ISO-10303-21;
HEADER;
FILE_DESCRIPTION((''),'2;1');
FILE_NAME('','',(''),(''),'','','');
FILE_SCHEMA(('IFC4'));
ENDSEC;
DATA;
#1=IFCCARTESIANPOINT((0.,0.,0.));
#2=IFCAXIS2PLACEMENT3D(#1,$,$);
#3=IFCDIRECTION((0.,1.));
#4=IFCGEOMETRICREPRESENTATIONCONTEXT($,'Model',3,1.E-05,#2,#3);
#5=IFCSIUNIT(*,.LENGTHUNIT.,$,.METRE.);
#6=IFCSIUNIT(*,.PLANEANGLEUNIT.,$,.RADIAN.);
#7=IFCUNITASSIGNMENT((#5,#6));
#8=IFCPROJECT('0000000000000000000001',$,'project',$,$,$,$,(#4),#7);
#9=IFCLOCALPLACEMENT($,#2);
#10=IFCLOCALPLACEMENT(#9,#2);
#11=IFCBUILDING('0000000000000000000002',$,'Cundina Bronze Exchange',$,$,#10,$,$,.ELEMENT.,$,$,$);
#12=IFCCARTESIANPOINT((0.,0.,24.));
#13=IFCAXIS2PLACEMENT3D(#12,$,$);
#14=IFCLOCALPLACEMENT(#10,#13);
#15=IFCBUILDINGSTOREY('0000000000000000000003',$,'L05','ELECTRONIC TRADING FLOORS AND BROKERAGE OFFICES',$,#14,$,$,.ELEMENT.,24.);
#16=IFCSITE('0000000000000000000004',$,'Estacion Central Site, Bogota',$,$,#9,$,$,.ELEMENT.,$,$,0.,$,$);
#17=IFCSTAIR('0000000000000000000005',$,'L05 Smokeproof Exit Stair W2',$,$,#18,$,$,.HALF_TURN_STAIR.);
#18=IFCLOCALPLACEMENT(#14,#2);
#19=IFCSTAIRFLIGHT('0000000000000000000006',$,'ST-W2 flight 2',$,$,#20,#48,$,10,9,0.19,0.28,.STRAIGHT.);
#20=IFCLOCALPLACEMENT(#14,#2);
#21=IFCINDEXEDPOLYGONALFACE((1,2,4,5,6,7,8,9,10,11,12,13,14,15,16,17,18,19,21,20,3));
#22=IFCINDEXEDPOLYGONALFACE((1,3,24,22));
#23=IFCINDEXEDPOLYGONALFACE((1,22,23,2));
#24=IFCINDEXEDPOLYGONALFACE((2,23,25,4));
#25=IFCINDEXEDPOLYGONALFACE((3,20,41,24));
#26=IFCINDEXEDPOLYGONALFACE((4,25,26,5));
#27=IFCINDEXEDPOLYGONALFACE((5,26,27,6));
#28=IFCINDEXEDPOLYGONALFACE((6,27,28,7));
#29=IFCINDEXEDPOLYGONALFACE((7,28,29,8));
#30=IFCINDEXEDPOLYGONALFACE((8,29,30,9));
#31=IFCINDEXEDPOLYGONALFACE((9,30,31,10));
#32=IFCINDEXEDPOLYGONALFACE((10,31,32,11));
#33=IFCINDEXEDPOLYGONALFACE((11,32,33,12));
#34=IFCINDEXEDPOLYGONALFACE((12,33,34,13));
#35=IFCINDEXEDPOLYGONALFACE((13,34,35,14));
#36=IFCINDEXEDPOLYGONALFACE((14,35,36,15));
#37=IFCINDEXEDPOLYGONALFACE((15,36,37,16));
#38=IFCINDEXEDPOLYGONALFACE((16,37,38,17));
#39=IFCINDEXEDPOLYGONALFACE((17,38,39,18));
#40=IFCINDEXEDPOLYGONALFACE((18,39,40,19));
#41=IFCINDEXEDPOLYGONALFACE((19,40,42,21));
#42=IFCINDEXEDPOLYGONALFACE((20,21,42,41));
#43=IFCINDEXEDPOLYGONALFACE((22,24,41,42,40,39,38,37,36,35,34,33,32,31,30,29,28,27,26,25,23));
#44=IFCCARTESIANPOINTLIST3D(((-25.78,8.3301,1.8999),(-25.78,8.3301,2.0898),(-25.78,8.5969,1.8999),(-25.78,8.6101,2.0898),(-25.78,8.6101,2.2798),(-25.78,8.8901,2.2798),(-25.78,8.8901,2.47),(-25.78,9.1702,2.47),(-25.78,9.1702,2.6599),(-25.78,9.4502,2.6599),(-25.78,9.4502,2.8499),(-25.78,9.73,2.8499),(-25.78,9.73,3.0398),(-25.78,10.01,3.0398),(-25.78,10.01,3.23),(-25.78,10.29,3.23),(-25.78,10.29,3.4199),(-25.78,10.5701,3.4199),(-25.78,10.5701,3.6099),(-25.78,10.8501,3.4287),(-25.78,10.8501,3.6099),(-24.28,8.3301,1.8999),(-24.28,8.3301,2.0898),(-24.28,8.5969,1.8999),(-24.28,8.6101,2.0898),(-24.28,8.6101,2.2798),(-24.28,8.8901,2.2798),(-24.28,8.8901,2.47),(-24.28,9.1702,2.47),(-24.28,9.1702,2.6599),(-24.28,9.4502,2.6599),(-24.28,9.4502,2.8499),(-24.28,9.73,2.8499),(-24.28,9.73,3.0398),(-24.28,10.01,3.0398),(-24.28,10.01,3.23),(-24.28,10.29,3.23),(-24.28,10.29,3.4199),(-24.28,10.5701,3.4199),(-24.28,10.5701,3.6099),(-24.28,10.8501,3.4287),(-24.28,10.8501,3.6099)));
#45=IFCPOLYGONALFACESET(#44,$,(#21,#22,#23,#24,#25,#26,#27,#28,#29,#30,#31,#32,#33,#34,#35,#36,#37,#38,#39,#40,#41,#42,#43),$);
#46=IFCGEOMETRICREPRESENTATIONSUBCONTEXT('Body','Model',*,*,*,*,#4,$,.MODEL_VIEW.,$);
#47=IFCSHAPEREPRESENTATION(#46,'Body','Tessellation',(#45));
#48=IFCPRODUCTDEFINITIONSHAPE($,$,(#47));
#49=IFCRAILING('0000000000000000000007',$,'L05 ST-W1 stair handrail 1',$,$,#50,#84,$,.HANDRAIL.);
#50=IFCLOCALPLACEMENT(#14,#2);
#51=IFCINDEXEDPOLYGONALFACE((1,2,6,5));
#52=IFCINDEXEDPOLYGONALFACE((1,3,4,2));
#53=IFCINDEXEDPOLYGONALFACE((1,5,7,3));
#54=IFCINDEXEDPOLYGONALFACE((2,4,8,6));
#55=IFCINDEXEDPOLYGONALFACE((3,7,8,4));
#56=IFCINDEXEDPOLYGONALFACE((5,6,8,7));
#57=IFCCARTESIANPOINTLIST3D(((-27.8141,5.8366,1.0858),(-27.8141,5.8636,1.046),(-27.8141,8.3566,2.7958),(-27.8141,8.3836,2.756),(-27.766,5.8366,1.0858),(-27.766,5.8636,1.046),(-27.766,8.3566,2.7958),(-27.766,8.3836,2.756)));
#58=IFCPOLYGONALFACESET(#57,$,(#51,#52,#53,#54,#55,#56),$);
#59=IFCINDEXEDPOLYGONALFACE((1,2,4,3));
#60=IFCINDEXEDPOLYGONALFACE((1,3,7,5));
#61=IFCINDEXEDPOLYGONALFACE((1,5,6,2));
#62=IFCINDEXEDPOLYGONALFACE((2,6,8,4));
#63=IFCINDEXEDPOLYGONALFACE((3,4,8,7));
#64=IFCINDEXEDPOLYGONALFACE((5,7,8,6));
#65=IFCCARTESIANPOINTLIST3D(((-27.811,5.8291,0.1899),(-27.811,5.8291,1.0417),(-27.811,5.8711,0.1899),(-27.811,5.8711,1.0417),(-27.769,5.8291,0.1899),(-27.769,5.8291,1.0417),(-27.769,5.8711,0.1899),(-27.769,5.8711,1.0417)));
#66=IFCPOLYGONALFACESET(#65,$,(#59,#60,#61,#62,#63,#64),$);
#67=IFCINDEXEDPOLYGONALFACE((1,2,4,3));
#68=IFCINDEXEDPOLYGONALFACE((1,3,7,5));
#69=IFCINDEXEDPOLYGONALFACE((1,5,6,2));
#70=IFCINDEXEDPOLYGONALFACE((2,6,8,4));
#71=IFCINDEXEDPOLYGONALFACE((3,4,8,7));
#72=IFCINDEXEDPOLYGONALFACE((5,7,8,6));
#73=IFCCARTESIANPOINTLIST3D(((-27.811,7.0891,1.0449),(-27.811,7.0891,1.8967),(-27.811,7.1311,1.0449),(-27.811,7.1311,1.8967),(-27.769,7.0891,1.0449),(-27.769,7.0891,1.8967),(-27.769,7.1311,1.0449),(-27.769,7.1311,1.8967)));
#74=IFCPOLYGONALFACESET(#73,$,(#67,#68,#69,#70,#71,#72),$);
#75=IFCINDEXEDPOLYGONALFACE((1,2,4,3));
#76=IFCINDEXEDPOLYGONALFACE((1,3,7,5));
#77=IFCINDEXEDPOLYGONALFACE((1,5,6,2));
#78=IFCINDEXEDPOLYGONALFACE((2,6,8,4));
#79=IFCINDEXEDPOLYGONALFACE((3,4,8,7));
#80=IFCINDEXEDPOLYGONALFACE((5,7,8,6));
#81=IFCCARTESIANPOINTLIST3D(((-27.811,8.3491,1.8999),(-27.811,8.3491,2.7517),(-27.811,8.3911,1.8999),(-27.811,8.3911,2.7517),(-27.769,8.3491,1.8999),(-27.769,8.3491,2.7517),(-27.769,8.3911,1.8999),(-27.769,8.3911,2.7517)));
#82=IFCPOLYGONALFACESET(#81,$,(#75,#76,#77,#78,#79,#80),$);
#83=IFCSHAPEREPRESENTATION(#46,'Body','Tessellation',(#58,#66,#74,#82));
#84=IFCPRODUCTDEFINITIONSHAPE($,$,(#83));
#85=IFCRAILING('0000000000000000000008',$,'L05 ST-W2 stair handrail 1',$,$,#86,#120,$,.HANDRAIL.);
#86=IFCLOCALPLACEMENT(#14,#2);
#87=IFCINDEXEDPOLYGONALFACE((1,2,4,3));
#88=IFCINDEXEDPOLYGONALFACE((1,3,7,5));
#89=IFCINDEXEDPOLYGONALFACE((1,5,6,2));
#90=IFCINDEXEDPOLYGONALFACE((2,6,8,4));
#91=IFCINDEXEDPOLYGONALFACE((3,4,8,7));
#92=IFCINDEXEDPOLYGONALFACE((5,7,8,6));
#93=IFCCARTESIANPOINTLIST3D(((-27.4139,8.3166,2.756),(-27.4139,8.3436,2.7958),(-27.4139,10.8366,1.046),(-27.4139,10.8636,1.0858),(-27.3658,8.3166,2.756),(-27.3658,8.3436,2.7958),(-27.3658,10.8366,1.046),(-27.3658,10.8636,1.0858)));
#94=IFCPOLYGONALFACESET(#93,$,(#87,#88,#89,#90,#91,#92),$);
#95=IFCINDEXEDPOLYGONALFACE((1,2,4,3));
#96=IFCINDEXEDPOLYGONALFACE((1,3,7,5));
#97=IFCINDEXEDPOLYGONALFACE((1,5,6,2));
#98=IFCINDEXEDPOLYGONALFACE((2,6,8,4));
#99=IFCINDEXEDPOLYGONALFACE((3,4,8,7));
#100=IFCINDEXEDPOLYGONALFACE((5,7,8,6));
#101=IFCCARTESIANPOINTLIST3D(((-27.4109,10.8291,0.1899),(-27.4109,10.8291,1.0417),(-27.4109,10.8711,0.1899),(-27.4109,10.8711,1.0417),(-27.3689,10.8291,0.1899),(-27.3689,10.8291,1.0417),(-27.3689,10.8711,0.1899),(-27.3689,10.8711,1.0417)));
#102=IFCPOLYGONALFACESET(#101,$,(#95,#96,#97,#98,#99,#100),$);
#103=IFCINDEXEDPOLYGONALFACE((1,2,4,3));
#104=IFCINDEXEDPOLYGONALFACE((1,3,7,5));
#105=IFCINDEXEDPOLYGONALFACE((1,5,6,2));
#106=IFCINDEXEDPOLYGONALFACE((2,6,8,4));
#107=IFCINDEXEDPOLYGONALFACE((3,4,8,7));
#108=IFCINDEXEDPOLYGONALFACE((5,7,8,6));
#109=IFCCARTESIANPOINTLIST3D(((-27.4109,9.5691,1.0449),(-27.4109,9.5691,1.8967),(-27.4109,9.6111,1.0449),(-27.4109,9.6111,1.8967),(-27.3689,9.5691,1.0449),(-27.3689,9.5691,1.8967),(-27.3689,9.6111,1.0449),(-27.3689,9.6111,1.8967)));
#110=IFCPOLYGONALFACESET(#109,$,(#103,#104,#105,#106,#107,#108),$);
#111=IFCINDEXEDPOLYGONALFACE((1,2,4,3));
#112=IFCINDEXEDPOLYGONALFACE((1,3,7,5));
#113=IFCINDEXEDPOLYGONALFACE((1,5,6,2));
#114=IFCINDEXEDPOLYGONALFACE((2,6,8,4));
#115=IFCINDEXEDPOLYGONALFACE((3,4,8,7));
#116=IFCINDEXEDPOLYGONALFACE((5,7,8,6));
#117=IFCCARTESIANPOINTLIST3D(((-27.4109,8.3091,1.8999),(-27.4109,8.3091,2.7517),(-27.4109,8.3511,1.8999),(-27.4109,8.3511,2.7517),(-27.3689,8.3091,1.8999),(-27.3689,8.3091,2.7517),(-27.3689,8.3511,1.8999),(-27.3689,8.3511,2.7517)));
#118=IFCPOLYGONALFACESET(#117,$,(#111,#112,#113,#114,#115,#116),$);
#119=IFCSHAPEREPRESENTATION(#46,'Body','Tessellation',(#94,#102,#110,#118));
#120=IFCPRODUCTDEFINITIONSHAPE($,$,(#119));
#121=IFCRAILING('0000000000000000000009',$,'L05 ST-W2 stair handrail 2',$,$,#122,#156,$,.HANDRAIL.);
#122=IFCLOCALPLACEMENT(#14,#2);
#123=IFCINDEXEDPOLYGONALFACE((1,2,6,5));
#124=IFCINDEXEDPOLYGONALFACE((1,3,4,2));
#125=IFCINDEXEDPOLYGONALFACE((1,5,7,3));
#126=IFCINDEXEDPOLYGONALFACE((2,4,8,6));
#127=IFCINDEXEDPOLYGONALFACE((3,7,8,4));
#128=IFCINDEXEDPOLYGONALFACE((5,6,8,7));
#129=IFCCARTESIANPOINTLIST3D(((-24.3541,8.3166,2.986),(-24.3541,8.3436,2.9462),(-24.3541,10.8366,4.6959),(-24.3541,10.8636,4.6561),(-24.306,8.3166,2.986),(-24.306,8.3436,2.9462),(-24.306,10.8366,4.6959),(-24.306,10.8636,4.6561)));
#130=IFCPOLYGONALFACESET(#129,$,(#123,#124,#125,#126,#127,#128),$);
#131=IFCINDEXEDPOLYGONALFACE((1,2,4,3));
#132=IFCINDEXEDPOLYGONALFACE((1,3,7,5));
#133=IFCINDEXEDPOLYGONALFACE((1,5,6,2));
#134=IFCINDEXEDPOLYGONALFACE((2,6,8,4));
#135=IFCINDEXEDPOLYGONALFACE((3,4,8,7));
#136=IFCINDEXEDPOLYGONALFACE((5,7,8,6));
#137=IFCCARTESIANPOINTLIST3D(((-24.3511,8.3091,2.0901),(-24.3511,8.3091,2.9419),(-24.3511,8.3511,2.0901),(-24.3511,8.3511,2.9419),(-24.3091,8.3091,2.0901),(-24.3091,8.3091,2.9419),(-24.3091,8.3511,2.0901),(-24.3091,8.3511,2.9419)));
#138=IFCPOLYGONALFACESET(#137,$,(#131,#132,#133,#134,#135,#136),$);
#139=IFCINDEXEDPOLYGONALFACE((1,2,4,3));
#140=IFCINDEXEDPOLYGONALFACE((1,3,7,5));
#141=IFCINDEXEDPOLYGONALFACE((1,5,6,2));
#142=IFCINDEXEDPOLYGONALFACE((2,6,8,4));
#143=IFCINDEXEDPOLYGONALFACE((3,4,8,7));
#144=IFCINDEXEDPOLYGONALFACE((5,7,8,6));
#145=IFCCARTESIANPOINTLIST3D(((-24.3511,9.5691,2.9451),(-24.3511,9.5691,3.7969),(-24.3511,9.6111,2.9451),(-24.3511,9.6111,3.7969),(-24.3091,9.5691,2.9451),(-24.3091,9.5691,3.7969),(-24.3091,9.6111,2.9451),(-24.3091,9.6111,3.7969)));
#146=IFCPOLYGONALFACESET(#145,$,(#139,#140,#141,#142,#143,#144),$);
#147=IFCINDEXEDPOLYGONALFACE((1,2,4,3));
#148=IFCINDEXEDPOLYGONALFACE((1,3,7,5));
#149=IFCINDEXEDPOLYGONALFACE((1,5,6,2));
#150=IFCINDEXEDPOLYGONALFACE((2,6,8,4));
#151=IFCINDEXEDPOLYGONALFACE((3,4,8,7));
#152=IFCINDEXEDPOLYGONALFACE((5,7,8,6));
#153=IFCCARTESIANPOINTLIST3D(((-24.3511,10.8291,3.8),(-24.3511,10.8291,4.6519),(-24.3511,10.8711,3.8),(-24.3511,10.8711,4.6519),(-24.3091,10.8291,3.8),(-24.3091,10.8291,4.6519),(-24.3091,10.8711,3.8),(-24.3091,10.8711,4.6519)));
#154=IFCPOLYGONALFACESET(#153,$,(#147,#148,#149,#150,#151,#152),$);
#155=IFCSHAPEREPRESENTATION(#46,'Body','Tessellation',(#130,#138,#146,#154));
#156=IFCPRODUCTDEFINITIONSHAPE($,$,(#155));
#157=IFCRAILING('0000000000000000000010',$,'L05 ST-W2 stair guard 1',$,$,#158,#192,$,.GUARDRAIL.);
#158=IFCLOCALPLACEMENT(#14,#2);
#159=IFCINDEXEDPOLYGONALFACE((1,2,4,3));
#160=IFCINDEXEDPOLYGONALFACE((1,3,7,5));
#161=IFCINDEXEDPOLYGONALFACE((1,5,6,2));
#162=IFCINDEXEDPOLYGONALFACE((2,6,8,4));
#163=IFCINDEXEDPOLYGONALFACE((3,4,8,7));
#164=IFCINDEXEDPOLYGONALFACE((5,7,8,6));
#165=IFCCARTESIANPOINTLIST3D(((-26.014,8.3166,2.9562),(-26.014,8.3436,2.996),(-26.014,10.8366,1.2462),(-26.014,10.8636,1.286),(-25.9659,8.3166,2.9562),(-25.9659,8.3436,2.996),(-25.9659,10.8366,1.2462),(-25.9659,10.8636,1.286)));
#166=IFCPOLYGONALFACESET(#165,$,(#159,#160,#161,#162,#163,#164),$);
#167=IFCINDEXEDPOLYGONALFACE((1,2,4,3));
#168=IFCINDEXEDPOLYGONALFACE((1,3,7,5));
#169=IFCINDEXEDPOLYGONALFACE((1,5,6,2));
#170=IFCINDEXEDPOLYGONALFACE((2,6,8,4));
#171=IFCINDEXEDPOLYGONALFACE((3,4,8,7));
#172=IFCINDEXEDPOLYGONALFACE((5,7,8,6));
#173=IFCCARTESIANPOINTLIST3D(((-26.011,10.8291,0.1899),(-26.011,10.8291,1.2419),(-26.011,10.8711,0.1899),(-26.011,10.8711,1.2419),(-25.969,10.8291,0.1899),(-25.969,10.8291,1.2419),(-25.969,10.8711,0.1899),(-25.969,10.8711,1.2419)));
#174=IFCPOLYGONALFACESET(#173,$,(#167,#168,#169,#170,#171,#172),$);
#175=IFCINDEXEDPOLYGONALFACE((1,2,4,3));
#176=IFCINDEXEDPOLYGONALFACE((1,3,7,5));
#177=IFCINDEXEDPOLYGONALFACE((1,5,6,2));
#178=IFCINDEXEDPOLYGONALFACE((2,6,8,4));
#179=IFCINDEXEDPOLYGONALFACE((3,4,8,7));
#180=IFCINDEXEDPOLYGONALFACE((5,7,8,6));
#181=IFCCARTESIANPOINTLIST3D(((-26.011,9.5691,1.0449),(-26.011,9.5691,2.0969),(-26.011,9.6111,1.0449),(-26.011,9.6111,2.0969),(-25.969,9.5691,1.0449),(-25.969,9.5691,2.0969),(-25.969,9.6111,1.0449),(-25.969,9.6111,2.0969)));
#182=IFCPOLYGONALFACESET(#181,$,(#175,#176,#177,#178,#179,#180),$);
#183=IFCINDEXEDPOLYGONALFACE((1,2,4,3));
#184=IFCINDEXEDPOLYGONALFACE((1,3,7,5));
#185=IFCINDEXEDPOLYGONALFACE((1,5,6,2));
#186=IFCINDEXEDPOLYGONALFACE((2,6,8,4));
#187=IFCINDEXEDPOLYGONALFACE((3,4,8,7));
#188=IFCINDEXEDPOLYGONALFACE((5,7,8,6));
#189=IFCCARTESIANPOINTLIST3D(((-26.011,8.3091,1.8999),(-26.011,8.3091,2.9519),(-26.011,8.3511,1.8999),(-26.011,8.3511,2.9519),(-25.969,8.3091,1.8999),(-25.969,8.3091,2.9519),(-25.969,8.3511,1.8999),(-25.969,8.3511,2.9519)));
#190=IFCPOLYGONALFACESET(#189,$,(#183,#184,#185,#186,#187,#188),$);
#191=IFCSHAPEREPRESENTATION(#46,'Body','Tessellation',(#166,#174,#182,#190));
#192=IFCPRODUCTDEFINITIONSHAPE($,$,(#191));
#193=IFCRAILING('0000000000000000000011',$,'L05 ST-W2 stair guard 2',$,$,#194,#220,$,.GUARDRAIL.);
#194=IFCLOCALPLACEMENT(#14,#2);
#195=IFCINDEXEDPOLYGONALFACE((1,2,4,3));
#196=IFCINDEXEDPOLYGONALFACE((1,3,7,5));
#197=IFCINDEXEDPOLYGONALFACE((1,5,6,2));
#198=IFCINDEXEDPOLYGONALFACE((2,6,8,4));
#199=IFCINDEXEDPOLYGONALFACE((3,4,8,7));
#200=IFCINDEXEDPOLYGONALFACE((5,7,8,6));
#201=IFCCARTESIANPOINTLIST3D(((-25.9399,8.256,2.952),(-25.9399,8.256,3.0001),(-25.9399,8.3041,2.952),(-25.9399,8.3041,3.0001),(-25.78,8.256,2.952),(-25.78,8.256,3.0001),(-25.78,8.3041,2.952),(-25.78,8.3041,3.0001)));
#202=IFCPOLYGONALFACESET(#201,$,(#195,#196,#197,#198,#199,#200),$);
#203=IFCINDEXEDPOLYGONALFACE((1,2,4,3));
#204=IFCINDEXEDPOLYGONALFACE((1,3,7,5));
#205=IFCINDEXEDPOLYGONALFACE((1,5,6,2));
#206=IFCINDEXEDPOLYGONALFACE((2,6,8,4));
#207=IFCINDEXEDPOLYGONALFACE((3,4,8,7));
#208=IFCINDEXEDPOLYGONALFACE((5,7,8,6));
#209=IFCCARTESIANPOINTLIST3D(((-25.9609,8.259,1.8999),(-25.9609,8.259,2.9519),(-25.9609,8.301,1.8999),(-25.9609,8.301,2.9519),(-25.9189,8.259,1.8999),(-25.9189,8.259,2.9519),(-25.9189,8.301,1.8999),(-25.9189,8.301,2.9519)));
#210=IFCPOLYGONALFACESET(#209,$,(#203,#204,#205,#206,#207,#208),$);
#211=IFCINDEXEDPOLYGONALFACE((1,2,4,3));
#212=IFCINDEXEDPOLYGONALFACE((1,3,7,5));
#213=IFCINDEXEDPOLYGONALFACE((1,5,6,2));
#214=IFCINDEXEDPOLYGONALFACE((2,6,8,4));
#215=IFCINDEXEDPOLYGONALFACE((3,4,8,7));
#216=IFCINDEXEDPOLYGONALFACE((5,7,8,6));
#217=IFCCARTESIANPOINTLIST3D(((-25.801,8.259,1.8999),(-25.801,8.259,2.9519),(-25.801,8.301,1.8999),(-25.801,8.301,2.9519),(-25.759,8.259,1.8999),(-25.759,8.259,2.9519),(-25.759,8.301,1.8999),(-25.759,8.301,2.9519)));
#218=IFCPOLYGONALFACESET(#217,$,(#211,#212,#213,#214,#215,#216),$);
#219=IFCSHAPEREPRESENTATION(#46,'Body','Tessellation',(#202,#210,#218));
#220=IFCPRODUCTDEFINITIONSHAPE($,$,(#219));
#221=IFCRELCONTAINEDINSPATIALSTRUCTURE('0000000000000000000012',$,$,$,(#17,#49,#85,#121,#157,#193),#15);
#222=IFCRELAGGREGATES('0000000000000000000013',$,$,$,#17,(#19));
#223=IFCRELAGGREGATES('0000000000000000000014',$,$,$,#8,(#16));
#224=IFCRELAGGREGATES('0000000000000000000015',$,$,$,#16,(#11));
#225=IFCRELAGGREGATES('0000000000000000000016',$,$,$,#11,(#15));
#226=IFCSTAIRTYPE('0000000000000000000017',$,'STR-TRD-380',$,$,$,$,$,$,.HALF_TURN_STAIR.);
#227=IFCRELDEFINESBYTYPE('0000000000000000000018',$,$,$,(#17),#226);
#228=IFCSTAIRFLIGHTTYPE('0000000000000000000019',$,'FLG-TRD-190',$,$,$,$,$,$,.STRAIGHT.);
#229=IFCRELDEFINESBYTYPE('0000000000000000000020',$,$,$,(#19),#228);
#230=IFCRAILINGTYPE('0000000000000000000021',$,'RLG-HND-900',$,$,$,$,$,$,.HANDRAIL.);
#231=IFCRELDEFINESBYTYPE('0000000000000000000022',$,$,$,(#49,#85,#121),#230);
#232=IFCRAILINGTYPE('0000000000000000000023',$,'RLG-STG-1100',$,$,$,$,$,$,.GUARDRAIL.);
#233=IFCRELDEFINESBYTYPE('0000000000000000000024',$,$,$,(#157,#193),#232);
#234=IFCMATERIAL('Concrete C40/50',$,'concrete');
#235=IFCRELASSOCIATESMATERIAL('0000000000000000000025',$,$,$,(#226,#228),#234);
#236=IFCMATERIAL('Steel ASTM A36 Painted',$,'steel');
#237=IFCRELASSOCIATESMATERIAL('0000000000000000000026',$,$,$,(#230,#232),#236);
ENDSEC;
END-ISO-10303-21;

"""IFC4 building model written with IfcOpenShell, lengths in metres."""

from ifc_helpers import new_model, si_unit, direction, frame, origin, origin_2d, place, context, subcontext, project, spatial, polyline, rectangle, outline, extrude, material, type_object, element, aggregate, save


model = new_model("IFC4")

# Units and contexts
model_context = context("Model", 3, precision=1e-05, world=origin(), true_north=direction((0.0, 1.0)))
body_context = subcontext(model_context, "Body", "Model", "MODEL_VIEW")
ifc_project = project(units=[si_unit("LENGTHUNIT", "METRE"), si_unit("PLANEANGLEUNIT", "RADIAN")], contexts=[model_context])

# Site, building, storey
site_placement = place(None, origin())
site = spatial("IfcSite", under=ifc_project, at=site_placement, Name="Estacion Central Site, Bogota", CompositionType="ELEMENT", RefElevation=0.0)
building_placement = place(site_placement, origin())
building = spatial("IfcBuilding", under=site, at=building_placement, Name="Cundina Bronze Exchange", CompositionType="ELEMENT")
storey_placement = place(building_placement, frame((0.0, 0.0, 24.0)))
storey = spatial("IfcBuildingStorey", under=building, at=storey_placement, Name="L05", Description="ELECTRONIC TRADING FLOORS AND BROKERAGE OFFICES", CompositionType="ELEMENT", Elevation=24.0)

# Shared definitions
ifc_material_1 = material(Name="Steel ASTM A36 Painted", Category="steel")

# Shared definitions
ifc_material_2 = material(Name="Concrete C40/50", Category="concrete")
stair_type = type_object("IfcStairType", Name="STR-TRD-380", PredefinedType="HALF_TURN_STAIR", material=ifc_material_2)
stair_flight_type = type_object("IfcStairFlightType", Name="FLG-TRD-190", PredefinedType="STRAIGHT", material=ifc_material_2)

# Stair, stair flight
stair_1_placement = place(storey_placement, origin())
stair_1 = element("IfcStair", 1, at=stair_1_placement, inside=storey, type_object=stair_type, Name="L05 Smokeproof Exit Stair W2", PredefinedType="HALF_TURN_STAIR")
stair_flight_1_placement = place(storey_placement, frame((-25.03, 8.3301, 1.8999), z_axis=(0.0, 0.0, 1.0), x_axis=(0.0, 1.0, 0.0)))
stair_flight_1 = element("IfcStairFlight", 2, at=stair_flight_1_placement, type_object=stair_flight_type, Name="ST-W2 flight 2", NumberOfRisers=10, NumberOfTreads=9, PredefinedType="STRAIGHT", RiserHeight=0.19, TreadLength=0.28, context=body_context, shape_type="SweptSolid", body=[
    extrude(outline(polyline([(0.0, 0.0), (0.0, 0.1899), (0.28, 0.1899), (0.28, 0.3799), (0.5601, 0.3799), (0.5601, 0.5701), (0.8401, 0.5701), (0.8401, 0.76), (1.1201, 0.76), (1.1201, 0.95), (1.3999, 0.95), (1.3999, 1.1399), (1.6799, 1.1399), (1.6799, 1.3301), (1.96, 1.3301), (1.96, 1.52), (2.24, 1.52), (2.24, 1.71), (2.52, 1.71), (2.52, 1.8999), (2.52, 1.5288), (0.2668, 0.0), (0.0, 0.0)])), frame((0.0, 0.75, 0.0), z_axis=(0.0, -1.0, 0.0), x_axis=(1.0, 0.0, 0.0)), (0.0, 0.0, 1.0), 1.5),
])
aggregate(stair_1, [stair_flight_1])

# Railings
railing_type_1 = type_object("IfcRailingType", Name="RLG-HND-900", PredefinedType="HANDRAIL", material=ifc_material_1)
railing_1_placement = place(storey_placement, frame((-27.79, 5.8501, 0.1899)))
element("IfcRailing", 3, at=railing_1_placement, inside=storey, type_object=railing_type_1, Name="L05 ST-W1 stair handrail 1", PredefinedType="HANDRAIL", context=body_context, shape_type="SweptSolid", body=[
    extrude(rectangle(XDim=0.0481, YDim=0.0481, at=origin_2d()), frame((0.0, 0.0, 0.876), z_axis=(0.0, 0.827484, 0.56149), x_axis=(-1.0, 0.0, 0.0)), (0.0, 0.0, 1.0), 3.0454),
    extrude(rectangle(XDim=0.042, YDim=0.042, at=origin_2d()), origin(), (0.0, 0.0, 1.0), 0.8518),
    extrude(rectangle(XDim=0.042, YDim=0.042, at=origin_2d()), frame((0.0, 1.26, 0.855)), (0.0, 0.0, 1.0), 0.8518),
    extrude(rectangle(XDim=0.042, YDim=0.042, at=origin_2d()), frame((0.0, 2.52, 1.71)), (0.0, 0.0, 1.0), 0.8518),
])
railing_2_placement = place(storey_placement, frame((-27.3899, 10.8501, 0.1899)))
element("IfcRailing", 4, at=railing_2_placement, inside=storey, type_object=railing_type_1, Name="L05 ST-W2 stair handrail 1", PredefinedType="HANDRAIL", context=body_context, shape_type="SweptSolid", body=[
    extrude(rectangle(XDim=0.0481, YDim=0.0481, at=origin_2d()), frame((0.0, 0.0, 0.876), z_axis=(0.0, -0.827484, 0.56149), x_axis=(1.0, 0.0, 0.0)), (0.0, 0.0, 1.0), 3.0454),
    extrude(rectangle(XDim=0.042, YDim=0.042, at=origin_2d()), origin(), (0.0, 0.0, 1.0), 0.8518),
    extrude(rectangle(XDim=0.042, YDim=0.042, at=origin_2d()), frame((0.0, -1.26, 0.855)), (0.0, 0.0, 1.0), 0.8518),
    extrude(rectangle(XDim=0.042, YDim=0.042, at=origin_2d()), frame((0.0, -2.52, 1.71)), (0.0, 0.0, 1.0), 0.8518),
])
railing_3_placement = place(storey_placement, frame((-24.3301, 8.3301, 2.0901)))
element("IfcRailing", 5, at=railing_3_placement, inside=storey, type_object=railing_type_1, Name="L05 ST-W2 stair handrail 2", PredefinedType="HANDRAIL", context=body_context, shape_type="SweptSolid", body=[
    extrude(rectangle(XDim=0.0481, YDim=0.0481, at=origin_2d()), frame((0.0, 0.0, 0.876), z_axis=(0.0, 0.827484, 0.56149), x_axis=(-1.0, 0.0, 0.0)), (0.0, 0.0, 1.0), 3.0454),
    extrude(rectangle(XDim=0.042, YDim=0.042, at=origin_2d()), origin(), (0.0, 0.0, 1.0), 0.8518),
    extrude(rectangle(XDim=0.042, YDim=0.042, at=origin_2d()), frame((0.0, 1.26, 0.855)), (0.0, 0.0, 1.0), 0.8518),
    extrude(rectangle(XDim=0.042, YDim=0.042, at=origin_2d()), frame((0.0, 2.52, 1.71)), (0.0, 0.0, 1.0), 0.8518),
])
railing_type_2 = type_object("IfcRailingType", Name="RLG-STG-1100", PredefinedType="GUARDRAIL", material=ifc_material_1)
railing_4_placement = place(storey_placement, frame((-25.99, 10.8501, 0.1899)))
element("IfcRailing", 6, at=railing_4_placement, inside=storey, type_object=railing_type_2, Name="L05 ST-W2 stair guard 1", PredefinedType="GUARDRAIL", context=body_context, shape_type="SweptSolid", body=[
    extrude(rectangle(XDim=0.0481, YDim=0.0481, at=origin_2d()), frame((0.0, 0.0, 1.0762), z_axis=(0.0, -0.827484, 0.56149), x_axis=(1.0, 0.0, 0.0)), (0.0, 0.0, 1.0), 3.0454),
    extrude(rectangle(XDim=0.042, YDim=0.042, at=origin_2d()), origin(), (0.0, 0.0, 1.0), 1.052),
    extrude(rectangle(XDim=0.042, YDim=0.042, at=origin_2d()), frame((0.0, -1.26, 0.855)), (0.0, 0.0, 1.0), 1.052),
    extrude(rectangle(XDim=0.042, YDim=0.042, at=origin_2d()), frame((0.0, -2.52, 1.71)), (0.0, 0.0, 1.0), 1.052),
])
railing_5_placement = place(storey_placement, frame((-25.9399, 8.28, 1.8999)))
element("IfcRailing", 7, at=railing_5_placement, inside=storey, type_object=railing_type_2, Name="L05 ST-W2 stair guard 2", PredefinedType="GUARDRAIL", context=body_context, shape_type="SweptSolid", body=[
    extrude(rectangle(XDim=0.0481, YDim=0.0481, at=origin_2d()), frame((0.0, 0.0, 1.0762), z_axis=(1.0, 0.0, 0.0), x_axis=(0.0, 1.0, 0.0)), (0.0, 0.0, 1.0), 0.1599),
    extrude(rectangle(XDim=0.042, YDim=0.042, at=origin_2d()), origin(), (0.0, 0.0, 1.0), 1.052),
    extrude(rectangle(XDim=0.042, YDim=0.042, at=origin_2d()), frame((0.1599, 0.0, 0.0)), (0.0, 0.0, 1.0), 1.052),
])

save(model, "model.ifc")
